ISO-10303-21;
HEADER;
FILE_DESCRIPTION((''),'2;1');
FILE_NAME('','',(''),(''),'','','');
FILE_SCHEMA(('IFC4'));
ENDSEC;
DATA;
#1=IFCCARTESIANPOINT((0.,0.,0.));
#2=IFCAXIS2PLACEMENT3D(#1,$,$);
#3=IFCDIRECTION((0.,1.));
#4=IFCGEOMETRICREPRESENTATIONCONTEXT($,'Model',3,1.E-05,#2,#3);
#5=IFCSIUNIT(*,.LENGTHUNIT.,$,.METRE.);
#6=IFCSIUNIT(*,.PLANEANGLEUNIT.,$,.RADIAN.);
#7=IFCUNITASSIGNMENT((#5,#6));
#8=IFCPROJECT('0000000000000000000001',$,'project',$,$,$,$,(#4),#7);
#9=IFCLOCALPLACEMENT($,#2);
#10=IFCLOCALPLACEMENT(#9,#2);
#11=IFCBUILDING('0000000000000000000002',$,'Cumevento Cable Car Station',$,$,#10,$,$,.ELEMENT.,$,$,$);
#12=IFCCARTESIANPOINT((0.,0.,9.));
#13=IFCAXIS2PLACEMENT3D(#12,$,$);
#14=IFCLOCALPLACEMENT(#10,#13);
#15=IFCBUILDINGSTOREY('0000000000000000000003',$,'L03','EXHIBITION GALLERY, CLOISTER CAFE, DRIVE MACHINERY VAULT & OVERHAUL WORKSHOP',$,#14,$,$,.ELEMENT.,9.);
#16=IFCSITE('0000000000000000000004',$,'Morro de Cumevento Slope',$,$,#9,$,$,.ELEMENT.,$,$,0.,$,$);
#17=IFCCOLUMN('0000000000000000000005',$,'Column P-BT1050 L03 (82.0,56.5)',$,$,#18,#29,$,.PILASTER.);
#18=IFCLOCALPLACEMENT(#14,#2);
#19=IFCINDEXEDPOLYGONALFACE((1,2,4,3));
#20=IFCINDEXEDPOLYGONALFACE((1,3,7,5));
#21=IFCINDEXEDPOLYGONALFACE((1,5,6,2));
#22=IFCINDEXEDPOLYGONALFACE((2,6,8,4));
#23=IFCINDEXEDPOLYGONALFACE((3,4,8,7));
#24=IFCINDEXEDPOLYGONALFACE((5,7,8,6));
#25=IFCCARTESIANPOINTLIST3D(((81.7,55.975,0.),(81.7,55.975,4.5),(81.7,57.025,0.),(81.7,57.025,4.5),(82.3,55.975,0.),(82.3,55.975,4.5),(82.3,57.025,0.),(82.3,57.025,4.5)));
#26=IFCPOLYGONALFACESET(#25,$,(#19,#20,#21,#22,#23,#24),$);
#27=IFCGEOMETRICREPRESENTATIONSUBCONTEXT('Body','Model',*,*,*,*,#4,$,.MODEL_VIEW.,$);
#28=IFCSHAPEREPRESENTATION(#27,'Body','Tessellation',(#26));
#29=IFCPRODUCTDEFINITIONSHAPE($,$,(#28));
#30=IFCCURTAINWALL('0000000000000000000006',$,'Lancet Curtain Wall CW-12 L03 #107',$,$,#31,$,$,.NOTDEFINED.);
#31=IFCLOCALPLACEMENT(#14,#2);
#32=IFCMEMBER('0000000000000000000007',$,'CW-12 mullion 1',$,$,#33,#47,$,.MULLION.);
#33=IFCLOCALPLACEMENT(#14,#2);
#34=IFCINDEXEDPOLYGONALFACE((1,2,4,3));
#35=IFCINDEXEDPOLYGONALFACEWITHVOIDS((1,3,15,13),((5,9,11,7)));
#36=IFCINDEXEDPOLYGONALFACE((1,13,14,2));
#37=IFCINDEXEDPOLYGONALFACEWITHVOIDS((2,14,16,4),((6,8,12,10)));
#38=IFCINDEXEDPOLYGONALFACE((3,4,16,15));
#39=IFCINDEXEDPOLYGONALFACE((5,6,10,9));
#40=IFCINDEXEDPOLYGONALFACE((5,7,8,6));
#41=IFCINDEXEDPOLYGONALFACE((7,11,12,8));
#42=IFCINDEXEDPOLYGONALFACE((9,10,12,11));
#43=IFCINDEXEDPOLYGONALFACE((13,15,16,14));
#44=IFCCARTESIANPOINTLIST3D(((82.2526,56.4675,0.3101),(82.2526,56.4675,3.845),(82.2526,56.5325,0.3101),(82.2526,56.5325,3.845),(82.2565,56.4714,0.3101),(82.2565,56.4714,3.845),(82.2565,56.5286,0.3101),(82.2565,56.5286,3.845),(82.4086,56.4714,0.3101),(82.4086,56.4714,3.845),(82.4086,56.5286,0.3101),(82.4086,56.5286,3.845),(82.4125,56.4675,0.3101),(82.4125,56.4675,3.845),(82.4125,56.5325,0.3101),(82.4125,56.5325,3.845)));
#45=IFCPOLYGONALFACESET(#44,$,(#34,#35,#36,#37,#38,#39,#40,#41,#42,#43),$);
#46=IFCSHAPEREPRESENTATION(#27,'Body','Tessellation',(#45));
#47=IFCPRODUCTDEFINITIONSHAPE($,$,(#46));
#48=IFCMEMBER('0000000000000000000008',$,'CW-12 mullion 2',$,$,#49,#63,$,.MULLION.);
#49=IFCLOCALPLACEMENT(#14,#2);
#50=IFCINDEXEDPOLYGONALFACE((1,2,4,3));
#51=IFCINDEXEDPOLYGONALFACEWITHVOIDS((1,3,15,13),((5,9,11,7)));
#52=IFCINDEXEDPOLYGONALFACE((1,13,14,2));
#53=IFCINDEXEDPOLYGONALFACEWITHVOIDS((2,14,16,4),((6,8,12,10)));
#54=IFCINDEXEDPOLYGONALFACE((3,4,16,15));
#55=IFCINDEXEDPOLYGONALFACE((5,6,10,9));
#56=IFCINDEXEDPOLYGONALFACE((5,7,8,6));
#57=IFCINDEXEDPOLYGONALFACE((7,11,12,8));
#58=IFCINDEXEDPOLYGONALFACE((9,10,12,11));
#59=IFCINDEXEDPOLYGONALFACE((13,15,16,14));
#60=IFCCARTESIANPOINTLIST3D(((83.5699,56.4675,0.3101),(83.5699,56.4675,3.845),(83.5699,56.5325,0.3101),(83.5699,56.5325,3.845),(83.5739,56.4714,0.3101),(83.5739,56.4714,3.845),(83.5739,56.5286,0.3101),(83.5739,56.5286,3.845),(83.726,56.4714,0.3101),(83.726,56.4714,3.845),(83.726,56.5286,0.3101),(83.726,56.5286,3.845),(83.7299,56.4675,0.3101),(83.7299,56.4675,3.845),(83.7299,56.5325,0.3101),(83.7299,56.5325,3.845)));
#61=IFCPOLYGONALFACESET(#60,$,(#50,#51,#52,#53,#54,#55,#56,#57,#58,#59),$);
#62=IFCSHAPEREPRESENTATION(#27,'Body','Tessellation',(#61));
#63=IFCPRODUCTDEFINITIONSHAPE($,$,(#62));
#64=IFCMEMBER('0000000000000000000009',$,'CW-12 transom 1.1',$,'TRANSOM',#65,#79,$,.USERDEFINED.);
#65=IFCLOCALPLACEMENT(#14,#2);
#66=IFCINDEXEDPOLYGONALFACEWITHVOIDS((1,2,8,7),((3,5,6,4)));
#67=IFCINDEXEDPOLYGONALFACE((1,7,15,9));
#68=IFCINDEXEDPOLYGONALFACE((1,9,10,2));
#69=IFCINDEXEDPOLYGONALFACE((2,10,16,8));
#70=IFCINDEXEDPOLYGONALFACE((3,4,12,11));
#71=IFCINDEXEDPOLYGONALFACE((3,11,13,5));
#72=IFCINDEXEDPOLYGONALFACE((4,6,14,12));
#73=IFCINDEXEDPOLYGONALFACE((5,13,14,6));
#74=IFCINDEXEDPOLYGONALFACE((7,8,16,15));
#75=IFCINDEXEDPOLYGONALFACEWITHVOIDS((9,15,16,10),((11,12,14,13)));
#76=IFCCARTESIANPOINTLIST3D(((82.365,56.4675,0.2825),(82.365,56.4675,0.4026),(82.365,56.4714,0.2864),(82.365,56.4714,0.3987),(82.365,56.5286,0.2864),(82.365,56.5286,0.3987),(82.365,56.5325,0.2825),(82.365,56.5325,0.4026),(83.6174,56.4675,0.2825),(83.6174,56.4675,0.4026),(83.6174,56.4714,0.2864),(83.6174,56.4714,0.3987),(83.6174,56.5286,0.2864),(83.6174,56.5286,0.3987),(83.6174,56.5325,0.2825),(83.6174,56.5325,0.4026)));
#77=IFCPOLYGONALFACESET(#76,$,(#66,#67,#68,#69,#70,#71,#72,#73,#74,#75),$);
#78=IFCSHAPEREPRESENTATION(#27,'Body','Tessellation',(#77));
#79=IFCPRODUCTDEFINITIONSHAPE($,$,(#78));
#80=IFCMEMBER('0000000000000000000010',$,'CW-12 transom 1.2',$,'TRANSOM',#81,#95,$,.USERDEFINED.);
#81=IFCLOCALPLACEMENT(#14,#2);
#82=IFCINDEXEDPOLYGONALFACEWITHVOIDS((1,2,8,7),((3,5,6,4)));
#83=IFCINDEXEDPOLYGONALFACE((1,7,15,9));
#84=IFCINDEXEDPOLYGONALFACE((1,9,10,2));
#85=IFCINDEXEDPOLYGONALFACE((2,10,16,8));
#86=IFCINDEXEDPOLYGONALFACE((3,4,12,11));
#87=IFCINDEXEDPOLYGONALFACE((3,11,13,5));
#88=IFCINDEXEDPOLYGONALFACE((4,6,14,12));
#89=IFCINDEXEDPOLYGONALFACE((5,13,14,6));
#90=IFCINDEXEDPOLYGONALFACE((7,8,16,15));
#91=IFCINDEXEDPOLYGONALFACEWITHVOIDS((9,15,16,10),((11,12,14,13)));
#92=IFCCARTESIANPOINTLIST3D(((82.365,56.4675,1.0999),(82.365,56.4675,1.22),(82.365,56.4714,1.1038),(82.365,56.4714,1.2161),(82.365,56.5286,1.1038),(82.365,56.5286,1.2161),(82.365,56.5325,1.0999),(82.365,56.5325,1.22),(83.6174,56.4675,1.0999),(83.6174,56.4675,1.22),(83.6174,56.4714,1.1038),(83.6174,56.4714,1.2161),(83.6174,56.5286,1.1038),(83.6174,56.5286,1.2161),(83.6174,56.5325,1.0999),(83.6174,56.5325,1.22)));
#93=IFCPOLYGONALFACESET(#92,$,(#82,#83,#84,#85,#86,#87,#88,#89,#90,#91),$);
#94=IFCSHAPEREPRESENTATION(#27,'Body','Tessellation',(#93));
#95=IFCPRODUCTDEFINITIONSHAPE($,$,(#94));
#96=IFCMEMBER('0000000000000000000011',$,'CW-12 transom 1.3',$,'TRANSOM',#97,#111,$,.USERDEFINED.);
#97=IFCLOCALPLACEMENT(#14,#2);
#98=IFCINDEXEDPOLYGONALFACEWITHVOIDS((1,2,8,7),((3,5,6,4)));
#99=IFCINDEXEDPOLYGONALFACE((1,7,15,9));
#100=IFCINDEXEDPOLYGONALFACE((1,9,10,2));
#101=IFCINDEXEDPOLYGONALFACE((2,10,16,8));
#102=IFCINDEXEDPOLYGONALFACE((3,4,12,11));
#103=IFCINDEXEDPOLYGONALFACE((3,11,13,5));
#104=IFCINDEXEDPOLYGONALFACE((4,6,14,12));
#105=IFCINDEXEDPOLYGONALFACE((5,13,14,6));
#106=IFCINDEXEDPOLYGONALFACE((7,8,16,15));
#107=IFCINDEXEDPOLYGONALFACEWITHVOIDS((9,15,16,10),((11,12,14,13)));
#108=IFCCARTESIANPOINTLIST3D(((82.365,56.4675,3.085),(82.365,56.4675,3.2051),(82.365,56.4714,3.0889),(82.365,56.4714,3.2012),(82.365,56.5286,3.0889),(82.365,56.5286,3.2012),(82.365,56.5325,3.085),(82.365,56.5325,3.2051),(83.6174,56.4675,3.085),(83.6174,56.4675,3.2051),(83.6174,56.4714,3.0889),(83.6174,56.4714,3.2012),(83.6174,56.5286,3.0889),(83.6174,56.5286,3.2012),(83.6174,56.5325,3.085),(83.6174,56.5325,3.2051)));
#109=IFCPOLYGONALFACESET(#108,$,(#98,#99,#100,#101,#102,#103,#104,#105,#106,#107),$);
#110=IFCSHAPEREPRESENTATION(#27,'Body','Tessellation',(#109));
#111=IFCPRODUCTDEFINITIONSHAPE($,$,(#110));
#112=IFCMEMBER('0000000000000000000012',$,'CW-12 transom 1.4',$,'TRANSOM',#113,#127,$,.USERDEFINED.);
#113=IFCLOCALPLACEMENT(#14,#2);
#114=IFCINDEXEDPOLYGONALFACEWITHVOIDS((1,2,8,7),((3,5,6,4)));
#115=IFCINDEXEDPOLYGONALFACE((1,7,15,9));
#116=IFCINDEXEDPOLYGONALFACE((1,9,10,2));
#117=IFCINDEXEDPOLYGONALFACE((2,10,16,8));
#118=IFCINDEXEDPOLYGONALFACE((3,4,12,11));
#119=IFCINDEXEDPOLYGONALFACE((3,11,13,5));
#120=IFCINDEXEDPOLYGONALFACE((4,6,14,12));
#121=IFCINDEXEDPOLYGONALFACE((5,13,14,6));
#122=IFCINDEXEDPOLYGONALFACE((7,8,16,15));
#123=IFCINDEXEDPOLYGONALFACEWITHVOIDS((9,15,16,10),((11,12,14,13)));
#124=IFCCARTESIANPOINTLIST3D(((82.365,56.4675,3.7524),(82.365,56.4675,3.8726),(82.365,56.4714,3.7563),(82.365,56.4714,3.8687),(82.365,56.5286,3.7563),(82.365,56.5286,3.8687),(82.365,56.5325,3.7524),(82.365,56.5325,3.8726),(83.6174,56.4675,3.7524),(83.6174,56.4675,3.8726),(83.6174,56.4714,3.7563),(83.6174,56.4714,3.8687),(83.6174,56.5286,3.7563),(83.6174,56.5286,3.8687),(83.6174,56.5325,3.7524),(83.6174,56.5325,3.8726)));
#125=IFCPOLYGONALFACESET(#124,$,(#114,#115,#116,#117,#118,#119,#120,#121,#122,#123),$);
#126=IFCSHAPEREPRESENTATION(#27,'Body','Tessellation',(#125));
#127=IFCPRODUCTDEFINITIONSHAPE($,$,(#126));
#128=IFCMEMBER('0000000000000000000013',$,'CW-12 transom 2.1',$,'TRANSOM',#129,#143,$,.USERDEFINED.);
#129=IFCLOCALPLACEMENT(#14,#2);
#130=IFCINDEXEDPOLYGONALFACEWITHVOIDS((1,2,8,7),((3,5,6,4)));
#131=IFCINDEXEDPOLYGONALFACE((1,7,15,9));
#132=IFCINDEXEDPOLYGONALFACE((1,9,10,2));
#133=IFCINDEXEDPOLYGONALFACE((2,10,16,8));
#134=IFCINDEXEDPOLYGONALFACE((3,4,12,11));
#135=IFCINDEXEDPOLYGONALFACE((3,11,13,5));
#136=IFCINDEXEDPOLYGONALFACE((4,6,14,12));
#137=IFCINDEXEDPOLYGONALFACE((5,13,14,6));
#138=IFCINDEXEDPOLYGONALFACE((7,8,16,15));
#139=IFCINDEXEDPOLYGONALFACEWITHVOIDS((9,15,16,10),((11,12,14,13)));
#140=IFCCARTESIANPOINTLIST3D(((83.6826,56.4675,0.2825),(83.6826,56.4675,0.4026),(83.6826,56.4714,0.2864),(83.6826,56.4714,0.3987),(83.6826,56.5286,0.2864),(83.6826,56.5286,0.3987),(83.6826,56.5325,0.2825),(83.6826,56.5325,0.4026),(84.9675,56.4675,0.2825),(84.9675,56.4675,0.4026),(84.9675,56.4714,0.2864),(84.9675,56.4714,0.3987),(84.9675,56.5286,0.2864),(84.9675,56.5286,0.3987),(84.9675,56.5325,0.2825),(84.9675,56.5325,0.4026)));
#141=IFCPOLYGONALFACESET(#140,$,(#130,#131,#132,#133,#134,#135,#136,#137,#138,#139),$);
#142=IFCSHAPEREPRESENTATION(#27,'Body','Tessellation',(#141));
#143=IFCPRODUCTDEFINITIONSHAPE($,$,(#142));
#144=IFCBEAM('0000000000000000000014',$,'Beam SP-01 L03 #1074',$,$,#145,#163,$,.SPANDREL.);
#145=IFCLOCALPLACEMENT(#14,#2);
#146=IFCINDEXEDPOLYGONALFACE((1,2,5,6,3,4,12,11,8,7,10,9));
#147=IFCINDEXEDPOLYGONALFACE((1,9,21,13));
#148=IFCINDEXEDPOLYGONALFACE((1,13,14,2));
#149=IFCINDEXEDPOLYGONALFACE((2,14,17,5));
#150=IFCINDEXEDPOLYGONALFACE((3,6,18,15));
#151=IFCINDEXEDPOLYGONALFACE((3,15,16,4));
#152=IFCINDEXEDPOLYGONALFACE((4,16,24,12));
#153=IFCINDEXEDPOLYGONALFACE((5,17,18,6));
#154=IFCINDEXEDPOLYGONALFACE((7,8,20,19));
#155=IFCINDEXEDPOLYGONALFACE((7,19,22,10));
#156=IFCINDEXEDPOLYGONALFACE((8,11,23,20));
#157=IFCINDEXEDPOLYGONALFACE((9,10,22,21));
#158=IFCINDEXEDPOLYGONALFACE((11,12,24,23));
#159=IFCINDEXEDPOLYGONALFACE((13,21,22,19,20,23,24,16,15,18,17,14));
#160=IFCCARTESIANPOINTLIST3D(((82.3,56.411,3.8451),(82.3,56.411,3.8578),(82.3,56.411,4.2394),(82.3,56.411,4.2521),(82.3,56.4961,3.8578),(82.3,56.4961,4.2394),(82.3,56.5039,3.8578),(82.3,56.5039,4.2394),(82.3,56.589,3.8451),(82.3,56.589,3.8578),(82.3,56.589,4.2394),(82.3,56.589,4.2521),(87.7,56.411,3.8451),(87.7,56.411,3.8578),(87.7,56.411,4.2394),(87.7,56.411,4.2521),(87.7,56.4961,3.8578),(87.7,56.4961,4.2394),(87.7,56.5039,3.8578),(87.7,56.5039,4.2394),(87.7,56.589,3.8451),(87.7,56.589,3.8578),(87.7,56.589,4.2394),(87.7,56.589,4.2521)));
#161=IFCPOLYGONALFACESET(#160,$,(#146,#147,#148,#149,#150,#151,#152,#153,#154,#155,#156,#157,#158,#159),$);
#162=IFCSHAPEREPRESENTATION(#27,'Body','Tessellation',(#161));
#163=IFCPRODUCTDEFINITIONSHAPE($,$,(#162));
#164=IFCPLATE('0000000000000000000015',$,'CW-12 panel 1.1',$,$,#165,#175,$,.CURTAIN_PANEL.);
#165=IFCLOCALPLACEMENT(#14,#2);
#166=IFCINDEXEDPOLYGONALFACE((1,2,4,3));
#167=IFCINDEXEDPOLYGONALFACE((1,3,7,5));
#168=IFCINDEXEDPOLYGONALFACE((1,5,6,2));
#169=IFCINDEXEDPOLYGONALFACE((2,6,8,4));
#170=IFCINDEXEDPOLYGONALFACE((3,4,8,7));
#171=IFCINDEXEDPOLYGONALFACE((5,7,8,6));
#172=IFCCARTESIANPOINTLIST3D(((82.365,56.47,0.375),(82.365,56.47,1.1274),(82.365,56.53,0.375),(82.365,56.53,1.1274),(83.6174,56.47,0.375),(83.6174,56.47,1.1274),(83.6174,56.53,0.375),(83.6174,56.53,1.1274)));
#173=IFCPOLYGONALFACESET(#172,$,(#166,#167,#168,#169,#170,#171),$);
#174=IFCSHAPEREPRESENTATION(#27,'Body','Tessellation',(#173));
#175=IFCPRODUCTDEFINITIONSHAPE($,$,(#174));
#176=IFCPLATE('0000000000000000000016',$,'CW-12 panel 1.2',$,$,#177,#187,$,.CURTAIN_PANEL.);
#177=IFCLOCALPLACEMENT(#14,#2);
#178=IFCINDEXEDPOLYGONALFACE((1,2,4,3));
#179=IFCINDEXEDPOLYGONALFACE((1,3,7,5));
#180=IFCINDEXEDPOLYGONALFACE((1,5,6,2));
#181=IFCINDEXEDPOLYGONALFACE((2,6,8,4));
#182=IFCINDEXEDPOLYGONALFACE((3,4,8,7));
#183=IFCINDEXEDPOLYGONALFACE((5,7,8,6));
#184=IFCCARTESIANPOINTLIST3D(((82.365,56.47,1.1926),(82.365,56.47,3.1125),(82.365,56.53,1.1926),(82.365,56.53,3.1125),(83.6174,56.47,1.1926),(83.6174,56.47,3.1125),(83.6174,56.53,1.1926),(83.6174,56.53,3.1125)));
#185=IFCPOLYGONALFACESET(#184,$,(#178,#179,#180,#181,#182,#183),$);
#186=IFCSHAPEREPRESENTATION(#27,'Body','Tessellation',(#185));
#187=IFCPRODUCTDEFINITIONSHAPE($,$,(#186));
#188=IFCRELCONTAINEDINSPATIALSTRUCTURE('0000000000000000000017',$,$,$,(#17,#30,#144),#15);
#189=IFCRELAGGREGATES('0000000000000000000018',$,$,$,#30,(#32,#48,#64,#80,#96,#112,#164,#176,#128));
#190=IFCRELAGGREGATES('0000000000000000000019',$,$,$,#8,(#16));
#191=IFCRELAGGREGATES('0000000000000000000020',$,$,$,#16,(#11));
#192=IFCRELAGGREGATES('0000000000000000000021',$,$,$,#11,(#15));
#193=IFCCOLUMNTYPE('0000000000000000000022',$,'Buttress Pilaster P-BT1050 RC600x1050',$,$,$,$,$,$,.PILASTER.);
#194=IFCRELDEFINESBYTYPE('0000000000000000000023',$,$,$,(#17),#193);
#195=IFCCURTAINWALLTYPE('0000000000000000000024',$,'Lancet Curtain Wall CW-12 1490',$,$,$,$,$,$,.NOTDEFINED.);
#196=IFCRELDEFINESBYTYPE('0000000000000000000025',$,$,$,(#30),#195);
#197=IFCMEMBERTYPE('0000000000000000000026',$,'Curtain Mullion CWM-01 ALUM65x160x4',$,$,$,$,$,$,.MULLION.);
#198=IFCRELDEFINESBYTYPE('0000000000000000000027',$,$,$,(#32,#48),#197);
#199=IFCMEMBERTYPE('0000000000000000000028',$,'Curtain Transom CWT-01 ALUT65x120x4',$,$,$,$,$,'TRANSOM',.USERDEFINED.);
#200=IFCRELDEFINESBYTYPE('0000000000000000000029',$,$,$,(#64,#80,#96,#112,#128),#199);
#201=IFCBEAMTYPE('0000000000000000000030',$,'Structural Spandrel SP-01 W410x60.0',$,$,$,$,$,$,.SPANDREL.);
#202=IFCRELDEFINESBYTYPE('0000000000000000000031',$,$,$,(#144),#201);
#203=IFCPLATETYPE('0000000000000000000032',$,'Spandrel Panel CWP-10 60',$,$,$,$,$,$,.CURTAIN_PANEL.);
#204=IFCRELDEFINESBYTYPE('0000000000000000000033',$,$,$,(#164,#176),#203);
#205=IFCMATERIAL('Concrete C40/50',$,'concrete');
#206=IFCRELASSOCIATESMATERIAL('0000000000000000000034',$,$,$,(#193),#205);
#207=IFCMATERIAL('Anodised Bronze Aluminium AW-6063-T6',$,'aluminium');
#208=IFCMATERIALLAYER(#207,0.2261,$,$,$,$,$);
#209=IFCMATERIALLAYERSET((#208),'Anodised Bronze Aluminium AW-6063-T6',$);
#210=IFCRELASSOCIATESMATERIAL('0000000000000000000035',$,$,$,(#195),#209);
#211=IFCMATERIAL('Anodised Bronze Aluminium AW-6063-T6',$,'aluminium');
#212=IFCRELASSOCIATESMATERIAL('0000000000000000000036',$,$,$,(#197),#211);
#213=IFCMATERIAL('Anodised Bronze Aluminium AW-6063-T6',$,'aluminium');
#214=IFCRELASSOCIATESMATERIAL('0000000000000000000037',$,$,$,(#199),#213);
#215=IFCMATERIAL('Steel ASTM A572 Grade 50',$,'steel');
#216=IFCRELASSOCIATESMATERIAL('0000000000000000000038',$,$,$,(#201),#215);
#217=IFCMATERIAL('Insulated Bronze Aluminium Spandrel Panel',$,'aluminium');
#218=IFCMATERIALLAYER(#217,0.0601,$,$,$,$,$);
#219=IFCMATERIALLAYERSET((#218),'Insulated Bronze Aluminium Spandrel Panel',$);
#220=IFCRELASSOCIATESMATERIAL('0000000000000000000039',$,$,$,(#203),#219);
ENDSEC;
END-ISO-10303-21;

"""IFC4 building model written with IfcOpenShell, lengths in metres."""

from ifc_helpers import new_model, si_unit, direction, frame, origin, origin_2d, place, context, subcontext, project, spatial, rectangle, hollow_rectangle, i_section, extrude, material, layer, layer_set, material_profile, profile_set, type_object, element, aggregate, save


model = new_model("IFC4")

# Units and contexts
model_context = context("Model", 3, precision=1e-05, world=origin(), true_north=direction((0.0, 1.0)))
body_context = subcontext(model_context, "Body", "Model", "MODEL_VIEW")
ifc_project = project(units=[si_unit("LENGTHUNIT", "METRE"), si_unit("PLANEANGLEUNIT", "RADIAN")], contexts=[model_context])

# Site, building, storey
site_placement = place(None, origin())
site = spatial("IfcSite", under=ifc_project, at=site_placement, Name="Morro de Cumevento Slope", CompositionType="ELEMENT", RefElevation=0.0)
building_placement = place(site_placement, origin())
building = spatial("IfcBuilding", under=site, at=building_placement, Name="Cumevento Cable Car Station", CompositionType="ELEMENT")
storey_placement = place(building_placement, frame((0.0, 0.0, 9.0)))
storey = spatial("IfcBuildingStorey", under=building, at=storey_placement, Name="L03", Description="EXHIBITION GALLERY, CLOISTER CAFE, DRIVE MACHINERY VAULT & OVERHAUL WORKSHOP", CompositionType="ELEMENT", Elevation=9.0)

# Column
ifc_material_1 = material(Name="Concrete C40/50", Category="concrete")
ifc_material_profile_1 = material_profile(ifc_material_1, rectangle(XDim=0.6001, YDim=1.05, at=origin_2d()), Name="RC600x1050")
ifc_profile_set_1 = profile_set([ifc_material_profile_1], Name="Concrete C40/50")
column_type = type_object("IfcColumnType", Name="Buttress Pilaster P-BT1050 RC600x1050", PredefinedType="PILASTER", material=ifc_profile_set_1)
column_placement = place(storey_placement, frame((82.0, 56.5, 0.0), z_axis=(0.0, 0.0, 1.0), x_axis=(1.0, 0.0, 0.0)))
element("IfcColumn", 1, at=column_placement, inside=storey, type_object=column_type, Name="Column P-BT1050 L03 (82.0,56.5)", PredefinedType="PILASTER", context=body_context, shape_type="SweptSolid", body=[
    extrude(rectangle(XDim=0.6001, YDim=1.05, at=origin_2d()), origin(), (0.0, 0.0, 1.0), 4.5),
])

# Curtain wall, members
ifc_material_2 = material(Name="Anodised Bronze Aluminium AW-6063-T6", Category="aluminium")
ifc_layer_1 = layer(ifc_material_2, 0.2261)
ifc_layer_set_1 = layer_set([ifc_layer_1], Name="Anodised Bronze Aluminium AW-6063-T6")
curtain_wall_type = type_object("IfcCurtainWallType", Name="Lancet Curtain Wall CW-12 1490", PredefinedType="NOTDEFINED", material=ifc_layer_set_1)
curtain_wall_placement = place(storey_placement, origin())
curtain_wall = element("IfcCurtainWall", 2, at=curtain_wall_placement, inside=storey, type_object=curtain_wall_type, Name="Lancet Curtain Wall CW-12 L03 #107", PredefinedType="NOTDEFINED")
ifc_material_3 = material(Name="Anodised Bronze Aluminium AW-6063-T6", Category="aluminium")
ifc_material_profile_2 = material_profile(ifc_material_3, hollow_rectangle(XDim=0.0649, YDim=0.1599, WallThickness=0.0039, at=origin_2d()), Name="ALUM65x160x4")
ifc_profile_set_2 = profile_set([ifc_material_profile_2], Name="Anodised Bronze Aluminium AW-6063-T6")
member_type_1 = type_object("IfcMemberType", Name="Curtain Mullion CWM-01 ALUM65x160x4", PredefinedType="MULLION", material=ifc_profile_set_2)
member_1_placement = place(storey_placement, frame((82.3325, 56.5, 0.3101), z_axis=(0.0, 0.0, 1.0), x_axis=(0.0, 1.0, 0.0)))
member_1 = element("IfcMember", 3, at=member_1_placement, type_object=member_type_1, Name="CW-12 mullion 1", PredefinedType="MULLION", context=body_context, shape_type="SweptSolid", body=[
    extrude(hollow_rectangle(XDim=0.0649, YDim=0.1599, WallThickness=0.0039, at=origin_2d()), origin(), (0.0, 0.0, 1.0), 3.5349),
])
member_2_placement = place(storey_placement, frame((83.6499, 56.5, 0.3101), z_axis=(0.0, 0.0, 1.0), x_axis=(0.0, 1.0, 0.0)))
member_2 = element("IfcMember", 4, at=member_2_placement, type_object=member_type_1, Name="CW-12 mullion 2", PredefinedType="MULLION", context=body_context, shape_type="SweptSolid", body=[
    extrude(hollow_rectangle(XDim=0.0649, YDim=0.1599, WallThickness=0.0039, at=origin_2d()), origin(), (0.0, 0.0, 1.0), 3.5349),
])
ifc_material_4 = material(Name="Anodised Bronze Aluminium AW-6063-T6", Category="aluminium")
ifc_material_profile_3 = material_profile(ifc_material_4, hollow_rectangle(XDim=0.0649, YDim=0.1201, WallThickness=0.0039, at=origin_2d()), Name="ALUT65x120x4")
ifc_profile_set_3 = profile_set([ifc_material_profile_3], Name="Anodised Bronze Aluminium AW-6063-T6")
member_type_2 = type_object("IfcMemberType", Name="Curtain Transom CWT-01 ALUT65x120x4", ElementType="TRANSOM", PredefinedType="USERDEFINED", material=ifc_profile_set_3)
member_3_placement = place(storey_placement, frame((82.365, 56.5, 0.3425), z_axis=(1.0, 0.0, 0.0), x_axis=(0.0, 1.0, 0.0)))
member_3 = element("IfcMember", 5, at=member_3_placement, type_object=member_type_2, Name="CW-12 transom 1.1", ObjectType="TRANSOM", PredefinedType="USERDEFINED", context=body_context, shape_type="SweptSolid", body=[
    extrude(hollow_rectangle(XDim=0.0649, YDim=0.1201, WallThickness=0.0039, at=origin_2d()), origin(), (0.0, 0.0, 1.0), 1.2524),
])
member_4_placement = place(storey_placement, frame((82.365, 56.5, 1.1599), z_axis=(1.0, 0.0, 0.0), x_axis=(0.0, 1.0, 0.0)))
member_4 = element("IfcMember", 6, at=member_4_placement, type_object=member_type_2, Name="CW-12 transom 1.2", ObjectType="TRANSOM", PredefinedType="USERDEFINED", context=body_context, shape_type="SweptSolid", body=[
    extrude(hollow_rectangle(XDim=0.0649, YDim=0.1201, WallThickness=0.0039, at=origin_2d()), origin(), (0.0, 0.0, 1.0), 1.2524),
])
member_5_placement = place(storey_placement, frame((82.365, 56.5, 3.145), z_axis=(1.0, 0.0, 0.0), x_axis=(0.0, 1.0, 0.0)))
member_5 = element("IfcMember", 7, at=member_5_placement, type_object=member_type_2, Name="CW-12 transom 1.3", ObjectType="TRANSOM", PredefinedType="USERDEFINED", context=body_context, shape_type="SweptSolid", body=[
    extrude(hollow_rectangle(XDim=0.0649, YDim=0.1201, WallThickness=0.0039, at=origin_2d()), origin(), (0.0, 0.0, 1.0), 1.2524),
])
member_6_placement = place(storey_placement, frame((82.365, 56.5, 3.8125), z_axis=(1.0, 0.0, 0.0), x_axis=(0.0, 1.0, 0.0)))
member_6 = element("IfcMember", 8, at=member_6_placement, type_object=member_type_2, Name="CW-12 transom 1.4", ObjectType="TRANSOM", PredefinedType="USERDEFINED", context=body_context, shape_type="SweptSolid", body=[
    extrude(hollow_rectangle(XDim=0.0649, YDim=0.1201, WallThickness=0.0039, at=origin_2d()), origin(), (0.0, 0.0, 1.0), 1.2524),
])
member_7_placement = place(storey_placement, frame((83.6826, 56.5, 0.3425), z_axis=(1.0, 0.0, 0.0), x_axis=(0.0, 1.0, 0.0)))
member_7 = element("IfcMember", 9, at=member_7_placement, type_object=member_type_2, Name="CW-12 transom 2.1", ObjectType="TRANSOM", PredefinedType="USERDEFINED", context=body_context, shape_type="SweptSolid", body=[
    extrude(hollow_rectangle(XDim=0.0649, YDim=0.1201, WallThickness=0.0039, at=origin_2d()), origin(), (0.0, 0.0, 1.0), 1.2849),
])

# Beam
ifc_material_5 = material(Name="Steel ASTM A572 Grade 50", Category="steel")
ifc_material_profile_4 = material_profile(ifc_material_5, i_section(OverallWidth=0.178, OverallDepth=0.407, WebThickness=0.0078, FlangeThickness=0.0127, at=origin_2d()), Name="W410x60.0")
ifc_profile_set_4 = profile_set([ifc_material_profile_4], Name="Steel ASTM A572 Grade 50")
beam_type = type_object("IfcBeamType", Name="Structural Spandrel SP-01 W410x60.0", PredefinedType="SPANDREL", material=ifc_profile_set_4)
beam_placement = place(storey_placement, frame((82.3, 56.5, 4.0486), z_axis=(1.0, 0.0, 0.0), x_axis=(0.0, 1.0, 0.0)))
element("IfcBeam", 10, at=beam_placement, inside=storey, type_object=beam_type, Name="Beam SP-01 L03 #1074", PredefinedType="SPANDREL", context=body_context, shape_type="SweptSolid", body=[
    extrude(i_section(OverallWidth=0.178, OverallDepth=0.407, WebThickness=0.0078, FlangeThickness=0.0127, at=origin_2d()), origin(), (0.0, 0.0, 1.0), 5.3999),
])

# Plates
ifc_material_6 = material(Name="Insulated Bronze Aluminium Spandrel Panel", Category="aluminium")
ifc_layer_2 = layer(ifc_material_6, 0.0601)
ifc_layer_set_2 = layer_set([ifc_layer_2], Name="Insulated Bronze Aluminium Spandrel Panel")
plate_type = type_object("IfcPlateType", Name="Spandrel Panel CWP-10 60", PredefinedType="CURTAIN_PANEL", material=ifc_layer_set_2)
plate_1_placement = place(storey_placement, frame((82.9912, 56.5, 0.375), z_axis=(0.0, 0.0, 1.0), x_axis=(1.0, 0.0, 0.0)))
plate_1 = element("IfcPlate", 11, at=plate_1_placement, type_object=plate_type, Name="CW-12 panel 1.1", PredefinedType="CURTAIN_PANEL", context=body_context, shape_type="SweptSolid", body=[
    extrude(rectangle(XDim=1.2524, YDim=0.0601, at=origin_2d()), origin(), (0.0, 0.0, 1.0), 0.7524),
])
plate_2_placement = place(storey_placement, frame((82.9912, 56.5, 1.1926), z_axis=(0.0, 0.0, 1.0), x_axis=(1.0, 0.0, 0.0)))
plate_2 = element("IfcPlate", 12, at=plate_2_placement, type_object=plate_type, Name="CW-12 panel 1.2", PredefinedType="CURTAIN_PANEL", context=body_context, shape_type="SweptSolid", body=[
    extrude(rectangle(XDim=1.2524, YDim=0.0601, at=origin_2d()), origin(), (0.0, 0.0, 1.0), 1.9199),
])
aggregate(curtain_wall, [member_1, member_2, member_3, member_4, member_5, member_6, plate_1, plate_2, member_7])

save(model, "model.ifc")
